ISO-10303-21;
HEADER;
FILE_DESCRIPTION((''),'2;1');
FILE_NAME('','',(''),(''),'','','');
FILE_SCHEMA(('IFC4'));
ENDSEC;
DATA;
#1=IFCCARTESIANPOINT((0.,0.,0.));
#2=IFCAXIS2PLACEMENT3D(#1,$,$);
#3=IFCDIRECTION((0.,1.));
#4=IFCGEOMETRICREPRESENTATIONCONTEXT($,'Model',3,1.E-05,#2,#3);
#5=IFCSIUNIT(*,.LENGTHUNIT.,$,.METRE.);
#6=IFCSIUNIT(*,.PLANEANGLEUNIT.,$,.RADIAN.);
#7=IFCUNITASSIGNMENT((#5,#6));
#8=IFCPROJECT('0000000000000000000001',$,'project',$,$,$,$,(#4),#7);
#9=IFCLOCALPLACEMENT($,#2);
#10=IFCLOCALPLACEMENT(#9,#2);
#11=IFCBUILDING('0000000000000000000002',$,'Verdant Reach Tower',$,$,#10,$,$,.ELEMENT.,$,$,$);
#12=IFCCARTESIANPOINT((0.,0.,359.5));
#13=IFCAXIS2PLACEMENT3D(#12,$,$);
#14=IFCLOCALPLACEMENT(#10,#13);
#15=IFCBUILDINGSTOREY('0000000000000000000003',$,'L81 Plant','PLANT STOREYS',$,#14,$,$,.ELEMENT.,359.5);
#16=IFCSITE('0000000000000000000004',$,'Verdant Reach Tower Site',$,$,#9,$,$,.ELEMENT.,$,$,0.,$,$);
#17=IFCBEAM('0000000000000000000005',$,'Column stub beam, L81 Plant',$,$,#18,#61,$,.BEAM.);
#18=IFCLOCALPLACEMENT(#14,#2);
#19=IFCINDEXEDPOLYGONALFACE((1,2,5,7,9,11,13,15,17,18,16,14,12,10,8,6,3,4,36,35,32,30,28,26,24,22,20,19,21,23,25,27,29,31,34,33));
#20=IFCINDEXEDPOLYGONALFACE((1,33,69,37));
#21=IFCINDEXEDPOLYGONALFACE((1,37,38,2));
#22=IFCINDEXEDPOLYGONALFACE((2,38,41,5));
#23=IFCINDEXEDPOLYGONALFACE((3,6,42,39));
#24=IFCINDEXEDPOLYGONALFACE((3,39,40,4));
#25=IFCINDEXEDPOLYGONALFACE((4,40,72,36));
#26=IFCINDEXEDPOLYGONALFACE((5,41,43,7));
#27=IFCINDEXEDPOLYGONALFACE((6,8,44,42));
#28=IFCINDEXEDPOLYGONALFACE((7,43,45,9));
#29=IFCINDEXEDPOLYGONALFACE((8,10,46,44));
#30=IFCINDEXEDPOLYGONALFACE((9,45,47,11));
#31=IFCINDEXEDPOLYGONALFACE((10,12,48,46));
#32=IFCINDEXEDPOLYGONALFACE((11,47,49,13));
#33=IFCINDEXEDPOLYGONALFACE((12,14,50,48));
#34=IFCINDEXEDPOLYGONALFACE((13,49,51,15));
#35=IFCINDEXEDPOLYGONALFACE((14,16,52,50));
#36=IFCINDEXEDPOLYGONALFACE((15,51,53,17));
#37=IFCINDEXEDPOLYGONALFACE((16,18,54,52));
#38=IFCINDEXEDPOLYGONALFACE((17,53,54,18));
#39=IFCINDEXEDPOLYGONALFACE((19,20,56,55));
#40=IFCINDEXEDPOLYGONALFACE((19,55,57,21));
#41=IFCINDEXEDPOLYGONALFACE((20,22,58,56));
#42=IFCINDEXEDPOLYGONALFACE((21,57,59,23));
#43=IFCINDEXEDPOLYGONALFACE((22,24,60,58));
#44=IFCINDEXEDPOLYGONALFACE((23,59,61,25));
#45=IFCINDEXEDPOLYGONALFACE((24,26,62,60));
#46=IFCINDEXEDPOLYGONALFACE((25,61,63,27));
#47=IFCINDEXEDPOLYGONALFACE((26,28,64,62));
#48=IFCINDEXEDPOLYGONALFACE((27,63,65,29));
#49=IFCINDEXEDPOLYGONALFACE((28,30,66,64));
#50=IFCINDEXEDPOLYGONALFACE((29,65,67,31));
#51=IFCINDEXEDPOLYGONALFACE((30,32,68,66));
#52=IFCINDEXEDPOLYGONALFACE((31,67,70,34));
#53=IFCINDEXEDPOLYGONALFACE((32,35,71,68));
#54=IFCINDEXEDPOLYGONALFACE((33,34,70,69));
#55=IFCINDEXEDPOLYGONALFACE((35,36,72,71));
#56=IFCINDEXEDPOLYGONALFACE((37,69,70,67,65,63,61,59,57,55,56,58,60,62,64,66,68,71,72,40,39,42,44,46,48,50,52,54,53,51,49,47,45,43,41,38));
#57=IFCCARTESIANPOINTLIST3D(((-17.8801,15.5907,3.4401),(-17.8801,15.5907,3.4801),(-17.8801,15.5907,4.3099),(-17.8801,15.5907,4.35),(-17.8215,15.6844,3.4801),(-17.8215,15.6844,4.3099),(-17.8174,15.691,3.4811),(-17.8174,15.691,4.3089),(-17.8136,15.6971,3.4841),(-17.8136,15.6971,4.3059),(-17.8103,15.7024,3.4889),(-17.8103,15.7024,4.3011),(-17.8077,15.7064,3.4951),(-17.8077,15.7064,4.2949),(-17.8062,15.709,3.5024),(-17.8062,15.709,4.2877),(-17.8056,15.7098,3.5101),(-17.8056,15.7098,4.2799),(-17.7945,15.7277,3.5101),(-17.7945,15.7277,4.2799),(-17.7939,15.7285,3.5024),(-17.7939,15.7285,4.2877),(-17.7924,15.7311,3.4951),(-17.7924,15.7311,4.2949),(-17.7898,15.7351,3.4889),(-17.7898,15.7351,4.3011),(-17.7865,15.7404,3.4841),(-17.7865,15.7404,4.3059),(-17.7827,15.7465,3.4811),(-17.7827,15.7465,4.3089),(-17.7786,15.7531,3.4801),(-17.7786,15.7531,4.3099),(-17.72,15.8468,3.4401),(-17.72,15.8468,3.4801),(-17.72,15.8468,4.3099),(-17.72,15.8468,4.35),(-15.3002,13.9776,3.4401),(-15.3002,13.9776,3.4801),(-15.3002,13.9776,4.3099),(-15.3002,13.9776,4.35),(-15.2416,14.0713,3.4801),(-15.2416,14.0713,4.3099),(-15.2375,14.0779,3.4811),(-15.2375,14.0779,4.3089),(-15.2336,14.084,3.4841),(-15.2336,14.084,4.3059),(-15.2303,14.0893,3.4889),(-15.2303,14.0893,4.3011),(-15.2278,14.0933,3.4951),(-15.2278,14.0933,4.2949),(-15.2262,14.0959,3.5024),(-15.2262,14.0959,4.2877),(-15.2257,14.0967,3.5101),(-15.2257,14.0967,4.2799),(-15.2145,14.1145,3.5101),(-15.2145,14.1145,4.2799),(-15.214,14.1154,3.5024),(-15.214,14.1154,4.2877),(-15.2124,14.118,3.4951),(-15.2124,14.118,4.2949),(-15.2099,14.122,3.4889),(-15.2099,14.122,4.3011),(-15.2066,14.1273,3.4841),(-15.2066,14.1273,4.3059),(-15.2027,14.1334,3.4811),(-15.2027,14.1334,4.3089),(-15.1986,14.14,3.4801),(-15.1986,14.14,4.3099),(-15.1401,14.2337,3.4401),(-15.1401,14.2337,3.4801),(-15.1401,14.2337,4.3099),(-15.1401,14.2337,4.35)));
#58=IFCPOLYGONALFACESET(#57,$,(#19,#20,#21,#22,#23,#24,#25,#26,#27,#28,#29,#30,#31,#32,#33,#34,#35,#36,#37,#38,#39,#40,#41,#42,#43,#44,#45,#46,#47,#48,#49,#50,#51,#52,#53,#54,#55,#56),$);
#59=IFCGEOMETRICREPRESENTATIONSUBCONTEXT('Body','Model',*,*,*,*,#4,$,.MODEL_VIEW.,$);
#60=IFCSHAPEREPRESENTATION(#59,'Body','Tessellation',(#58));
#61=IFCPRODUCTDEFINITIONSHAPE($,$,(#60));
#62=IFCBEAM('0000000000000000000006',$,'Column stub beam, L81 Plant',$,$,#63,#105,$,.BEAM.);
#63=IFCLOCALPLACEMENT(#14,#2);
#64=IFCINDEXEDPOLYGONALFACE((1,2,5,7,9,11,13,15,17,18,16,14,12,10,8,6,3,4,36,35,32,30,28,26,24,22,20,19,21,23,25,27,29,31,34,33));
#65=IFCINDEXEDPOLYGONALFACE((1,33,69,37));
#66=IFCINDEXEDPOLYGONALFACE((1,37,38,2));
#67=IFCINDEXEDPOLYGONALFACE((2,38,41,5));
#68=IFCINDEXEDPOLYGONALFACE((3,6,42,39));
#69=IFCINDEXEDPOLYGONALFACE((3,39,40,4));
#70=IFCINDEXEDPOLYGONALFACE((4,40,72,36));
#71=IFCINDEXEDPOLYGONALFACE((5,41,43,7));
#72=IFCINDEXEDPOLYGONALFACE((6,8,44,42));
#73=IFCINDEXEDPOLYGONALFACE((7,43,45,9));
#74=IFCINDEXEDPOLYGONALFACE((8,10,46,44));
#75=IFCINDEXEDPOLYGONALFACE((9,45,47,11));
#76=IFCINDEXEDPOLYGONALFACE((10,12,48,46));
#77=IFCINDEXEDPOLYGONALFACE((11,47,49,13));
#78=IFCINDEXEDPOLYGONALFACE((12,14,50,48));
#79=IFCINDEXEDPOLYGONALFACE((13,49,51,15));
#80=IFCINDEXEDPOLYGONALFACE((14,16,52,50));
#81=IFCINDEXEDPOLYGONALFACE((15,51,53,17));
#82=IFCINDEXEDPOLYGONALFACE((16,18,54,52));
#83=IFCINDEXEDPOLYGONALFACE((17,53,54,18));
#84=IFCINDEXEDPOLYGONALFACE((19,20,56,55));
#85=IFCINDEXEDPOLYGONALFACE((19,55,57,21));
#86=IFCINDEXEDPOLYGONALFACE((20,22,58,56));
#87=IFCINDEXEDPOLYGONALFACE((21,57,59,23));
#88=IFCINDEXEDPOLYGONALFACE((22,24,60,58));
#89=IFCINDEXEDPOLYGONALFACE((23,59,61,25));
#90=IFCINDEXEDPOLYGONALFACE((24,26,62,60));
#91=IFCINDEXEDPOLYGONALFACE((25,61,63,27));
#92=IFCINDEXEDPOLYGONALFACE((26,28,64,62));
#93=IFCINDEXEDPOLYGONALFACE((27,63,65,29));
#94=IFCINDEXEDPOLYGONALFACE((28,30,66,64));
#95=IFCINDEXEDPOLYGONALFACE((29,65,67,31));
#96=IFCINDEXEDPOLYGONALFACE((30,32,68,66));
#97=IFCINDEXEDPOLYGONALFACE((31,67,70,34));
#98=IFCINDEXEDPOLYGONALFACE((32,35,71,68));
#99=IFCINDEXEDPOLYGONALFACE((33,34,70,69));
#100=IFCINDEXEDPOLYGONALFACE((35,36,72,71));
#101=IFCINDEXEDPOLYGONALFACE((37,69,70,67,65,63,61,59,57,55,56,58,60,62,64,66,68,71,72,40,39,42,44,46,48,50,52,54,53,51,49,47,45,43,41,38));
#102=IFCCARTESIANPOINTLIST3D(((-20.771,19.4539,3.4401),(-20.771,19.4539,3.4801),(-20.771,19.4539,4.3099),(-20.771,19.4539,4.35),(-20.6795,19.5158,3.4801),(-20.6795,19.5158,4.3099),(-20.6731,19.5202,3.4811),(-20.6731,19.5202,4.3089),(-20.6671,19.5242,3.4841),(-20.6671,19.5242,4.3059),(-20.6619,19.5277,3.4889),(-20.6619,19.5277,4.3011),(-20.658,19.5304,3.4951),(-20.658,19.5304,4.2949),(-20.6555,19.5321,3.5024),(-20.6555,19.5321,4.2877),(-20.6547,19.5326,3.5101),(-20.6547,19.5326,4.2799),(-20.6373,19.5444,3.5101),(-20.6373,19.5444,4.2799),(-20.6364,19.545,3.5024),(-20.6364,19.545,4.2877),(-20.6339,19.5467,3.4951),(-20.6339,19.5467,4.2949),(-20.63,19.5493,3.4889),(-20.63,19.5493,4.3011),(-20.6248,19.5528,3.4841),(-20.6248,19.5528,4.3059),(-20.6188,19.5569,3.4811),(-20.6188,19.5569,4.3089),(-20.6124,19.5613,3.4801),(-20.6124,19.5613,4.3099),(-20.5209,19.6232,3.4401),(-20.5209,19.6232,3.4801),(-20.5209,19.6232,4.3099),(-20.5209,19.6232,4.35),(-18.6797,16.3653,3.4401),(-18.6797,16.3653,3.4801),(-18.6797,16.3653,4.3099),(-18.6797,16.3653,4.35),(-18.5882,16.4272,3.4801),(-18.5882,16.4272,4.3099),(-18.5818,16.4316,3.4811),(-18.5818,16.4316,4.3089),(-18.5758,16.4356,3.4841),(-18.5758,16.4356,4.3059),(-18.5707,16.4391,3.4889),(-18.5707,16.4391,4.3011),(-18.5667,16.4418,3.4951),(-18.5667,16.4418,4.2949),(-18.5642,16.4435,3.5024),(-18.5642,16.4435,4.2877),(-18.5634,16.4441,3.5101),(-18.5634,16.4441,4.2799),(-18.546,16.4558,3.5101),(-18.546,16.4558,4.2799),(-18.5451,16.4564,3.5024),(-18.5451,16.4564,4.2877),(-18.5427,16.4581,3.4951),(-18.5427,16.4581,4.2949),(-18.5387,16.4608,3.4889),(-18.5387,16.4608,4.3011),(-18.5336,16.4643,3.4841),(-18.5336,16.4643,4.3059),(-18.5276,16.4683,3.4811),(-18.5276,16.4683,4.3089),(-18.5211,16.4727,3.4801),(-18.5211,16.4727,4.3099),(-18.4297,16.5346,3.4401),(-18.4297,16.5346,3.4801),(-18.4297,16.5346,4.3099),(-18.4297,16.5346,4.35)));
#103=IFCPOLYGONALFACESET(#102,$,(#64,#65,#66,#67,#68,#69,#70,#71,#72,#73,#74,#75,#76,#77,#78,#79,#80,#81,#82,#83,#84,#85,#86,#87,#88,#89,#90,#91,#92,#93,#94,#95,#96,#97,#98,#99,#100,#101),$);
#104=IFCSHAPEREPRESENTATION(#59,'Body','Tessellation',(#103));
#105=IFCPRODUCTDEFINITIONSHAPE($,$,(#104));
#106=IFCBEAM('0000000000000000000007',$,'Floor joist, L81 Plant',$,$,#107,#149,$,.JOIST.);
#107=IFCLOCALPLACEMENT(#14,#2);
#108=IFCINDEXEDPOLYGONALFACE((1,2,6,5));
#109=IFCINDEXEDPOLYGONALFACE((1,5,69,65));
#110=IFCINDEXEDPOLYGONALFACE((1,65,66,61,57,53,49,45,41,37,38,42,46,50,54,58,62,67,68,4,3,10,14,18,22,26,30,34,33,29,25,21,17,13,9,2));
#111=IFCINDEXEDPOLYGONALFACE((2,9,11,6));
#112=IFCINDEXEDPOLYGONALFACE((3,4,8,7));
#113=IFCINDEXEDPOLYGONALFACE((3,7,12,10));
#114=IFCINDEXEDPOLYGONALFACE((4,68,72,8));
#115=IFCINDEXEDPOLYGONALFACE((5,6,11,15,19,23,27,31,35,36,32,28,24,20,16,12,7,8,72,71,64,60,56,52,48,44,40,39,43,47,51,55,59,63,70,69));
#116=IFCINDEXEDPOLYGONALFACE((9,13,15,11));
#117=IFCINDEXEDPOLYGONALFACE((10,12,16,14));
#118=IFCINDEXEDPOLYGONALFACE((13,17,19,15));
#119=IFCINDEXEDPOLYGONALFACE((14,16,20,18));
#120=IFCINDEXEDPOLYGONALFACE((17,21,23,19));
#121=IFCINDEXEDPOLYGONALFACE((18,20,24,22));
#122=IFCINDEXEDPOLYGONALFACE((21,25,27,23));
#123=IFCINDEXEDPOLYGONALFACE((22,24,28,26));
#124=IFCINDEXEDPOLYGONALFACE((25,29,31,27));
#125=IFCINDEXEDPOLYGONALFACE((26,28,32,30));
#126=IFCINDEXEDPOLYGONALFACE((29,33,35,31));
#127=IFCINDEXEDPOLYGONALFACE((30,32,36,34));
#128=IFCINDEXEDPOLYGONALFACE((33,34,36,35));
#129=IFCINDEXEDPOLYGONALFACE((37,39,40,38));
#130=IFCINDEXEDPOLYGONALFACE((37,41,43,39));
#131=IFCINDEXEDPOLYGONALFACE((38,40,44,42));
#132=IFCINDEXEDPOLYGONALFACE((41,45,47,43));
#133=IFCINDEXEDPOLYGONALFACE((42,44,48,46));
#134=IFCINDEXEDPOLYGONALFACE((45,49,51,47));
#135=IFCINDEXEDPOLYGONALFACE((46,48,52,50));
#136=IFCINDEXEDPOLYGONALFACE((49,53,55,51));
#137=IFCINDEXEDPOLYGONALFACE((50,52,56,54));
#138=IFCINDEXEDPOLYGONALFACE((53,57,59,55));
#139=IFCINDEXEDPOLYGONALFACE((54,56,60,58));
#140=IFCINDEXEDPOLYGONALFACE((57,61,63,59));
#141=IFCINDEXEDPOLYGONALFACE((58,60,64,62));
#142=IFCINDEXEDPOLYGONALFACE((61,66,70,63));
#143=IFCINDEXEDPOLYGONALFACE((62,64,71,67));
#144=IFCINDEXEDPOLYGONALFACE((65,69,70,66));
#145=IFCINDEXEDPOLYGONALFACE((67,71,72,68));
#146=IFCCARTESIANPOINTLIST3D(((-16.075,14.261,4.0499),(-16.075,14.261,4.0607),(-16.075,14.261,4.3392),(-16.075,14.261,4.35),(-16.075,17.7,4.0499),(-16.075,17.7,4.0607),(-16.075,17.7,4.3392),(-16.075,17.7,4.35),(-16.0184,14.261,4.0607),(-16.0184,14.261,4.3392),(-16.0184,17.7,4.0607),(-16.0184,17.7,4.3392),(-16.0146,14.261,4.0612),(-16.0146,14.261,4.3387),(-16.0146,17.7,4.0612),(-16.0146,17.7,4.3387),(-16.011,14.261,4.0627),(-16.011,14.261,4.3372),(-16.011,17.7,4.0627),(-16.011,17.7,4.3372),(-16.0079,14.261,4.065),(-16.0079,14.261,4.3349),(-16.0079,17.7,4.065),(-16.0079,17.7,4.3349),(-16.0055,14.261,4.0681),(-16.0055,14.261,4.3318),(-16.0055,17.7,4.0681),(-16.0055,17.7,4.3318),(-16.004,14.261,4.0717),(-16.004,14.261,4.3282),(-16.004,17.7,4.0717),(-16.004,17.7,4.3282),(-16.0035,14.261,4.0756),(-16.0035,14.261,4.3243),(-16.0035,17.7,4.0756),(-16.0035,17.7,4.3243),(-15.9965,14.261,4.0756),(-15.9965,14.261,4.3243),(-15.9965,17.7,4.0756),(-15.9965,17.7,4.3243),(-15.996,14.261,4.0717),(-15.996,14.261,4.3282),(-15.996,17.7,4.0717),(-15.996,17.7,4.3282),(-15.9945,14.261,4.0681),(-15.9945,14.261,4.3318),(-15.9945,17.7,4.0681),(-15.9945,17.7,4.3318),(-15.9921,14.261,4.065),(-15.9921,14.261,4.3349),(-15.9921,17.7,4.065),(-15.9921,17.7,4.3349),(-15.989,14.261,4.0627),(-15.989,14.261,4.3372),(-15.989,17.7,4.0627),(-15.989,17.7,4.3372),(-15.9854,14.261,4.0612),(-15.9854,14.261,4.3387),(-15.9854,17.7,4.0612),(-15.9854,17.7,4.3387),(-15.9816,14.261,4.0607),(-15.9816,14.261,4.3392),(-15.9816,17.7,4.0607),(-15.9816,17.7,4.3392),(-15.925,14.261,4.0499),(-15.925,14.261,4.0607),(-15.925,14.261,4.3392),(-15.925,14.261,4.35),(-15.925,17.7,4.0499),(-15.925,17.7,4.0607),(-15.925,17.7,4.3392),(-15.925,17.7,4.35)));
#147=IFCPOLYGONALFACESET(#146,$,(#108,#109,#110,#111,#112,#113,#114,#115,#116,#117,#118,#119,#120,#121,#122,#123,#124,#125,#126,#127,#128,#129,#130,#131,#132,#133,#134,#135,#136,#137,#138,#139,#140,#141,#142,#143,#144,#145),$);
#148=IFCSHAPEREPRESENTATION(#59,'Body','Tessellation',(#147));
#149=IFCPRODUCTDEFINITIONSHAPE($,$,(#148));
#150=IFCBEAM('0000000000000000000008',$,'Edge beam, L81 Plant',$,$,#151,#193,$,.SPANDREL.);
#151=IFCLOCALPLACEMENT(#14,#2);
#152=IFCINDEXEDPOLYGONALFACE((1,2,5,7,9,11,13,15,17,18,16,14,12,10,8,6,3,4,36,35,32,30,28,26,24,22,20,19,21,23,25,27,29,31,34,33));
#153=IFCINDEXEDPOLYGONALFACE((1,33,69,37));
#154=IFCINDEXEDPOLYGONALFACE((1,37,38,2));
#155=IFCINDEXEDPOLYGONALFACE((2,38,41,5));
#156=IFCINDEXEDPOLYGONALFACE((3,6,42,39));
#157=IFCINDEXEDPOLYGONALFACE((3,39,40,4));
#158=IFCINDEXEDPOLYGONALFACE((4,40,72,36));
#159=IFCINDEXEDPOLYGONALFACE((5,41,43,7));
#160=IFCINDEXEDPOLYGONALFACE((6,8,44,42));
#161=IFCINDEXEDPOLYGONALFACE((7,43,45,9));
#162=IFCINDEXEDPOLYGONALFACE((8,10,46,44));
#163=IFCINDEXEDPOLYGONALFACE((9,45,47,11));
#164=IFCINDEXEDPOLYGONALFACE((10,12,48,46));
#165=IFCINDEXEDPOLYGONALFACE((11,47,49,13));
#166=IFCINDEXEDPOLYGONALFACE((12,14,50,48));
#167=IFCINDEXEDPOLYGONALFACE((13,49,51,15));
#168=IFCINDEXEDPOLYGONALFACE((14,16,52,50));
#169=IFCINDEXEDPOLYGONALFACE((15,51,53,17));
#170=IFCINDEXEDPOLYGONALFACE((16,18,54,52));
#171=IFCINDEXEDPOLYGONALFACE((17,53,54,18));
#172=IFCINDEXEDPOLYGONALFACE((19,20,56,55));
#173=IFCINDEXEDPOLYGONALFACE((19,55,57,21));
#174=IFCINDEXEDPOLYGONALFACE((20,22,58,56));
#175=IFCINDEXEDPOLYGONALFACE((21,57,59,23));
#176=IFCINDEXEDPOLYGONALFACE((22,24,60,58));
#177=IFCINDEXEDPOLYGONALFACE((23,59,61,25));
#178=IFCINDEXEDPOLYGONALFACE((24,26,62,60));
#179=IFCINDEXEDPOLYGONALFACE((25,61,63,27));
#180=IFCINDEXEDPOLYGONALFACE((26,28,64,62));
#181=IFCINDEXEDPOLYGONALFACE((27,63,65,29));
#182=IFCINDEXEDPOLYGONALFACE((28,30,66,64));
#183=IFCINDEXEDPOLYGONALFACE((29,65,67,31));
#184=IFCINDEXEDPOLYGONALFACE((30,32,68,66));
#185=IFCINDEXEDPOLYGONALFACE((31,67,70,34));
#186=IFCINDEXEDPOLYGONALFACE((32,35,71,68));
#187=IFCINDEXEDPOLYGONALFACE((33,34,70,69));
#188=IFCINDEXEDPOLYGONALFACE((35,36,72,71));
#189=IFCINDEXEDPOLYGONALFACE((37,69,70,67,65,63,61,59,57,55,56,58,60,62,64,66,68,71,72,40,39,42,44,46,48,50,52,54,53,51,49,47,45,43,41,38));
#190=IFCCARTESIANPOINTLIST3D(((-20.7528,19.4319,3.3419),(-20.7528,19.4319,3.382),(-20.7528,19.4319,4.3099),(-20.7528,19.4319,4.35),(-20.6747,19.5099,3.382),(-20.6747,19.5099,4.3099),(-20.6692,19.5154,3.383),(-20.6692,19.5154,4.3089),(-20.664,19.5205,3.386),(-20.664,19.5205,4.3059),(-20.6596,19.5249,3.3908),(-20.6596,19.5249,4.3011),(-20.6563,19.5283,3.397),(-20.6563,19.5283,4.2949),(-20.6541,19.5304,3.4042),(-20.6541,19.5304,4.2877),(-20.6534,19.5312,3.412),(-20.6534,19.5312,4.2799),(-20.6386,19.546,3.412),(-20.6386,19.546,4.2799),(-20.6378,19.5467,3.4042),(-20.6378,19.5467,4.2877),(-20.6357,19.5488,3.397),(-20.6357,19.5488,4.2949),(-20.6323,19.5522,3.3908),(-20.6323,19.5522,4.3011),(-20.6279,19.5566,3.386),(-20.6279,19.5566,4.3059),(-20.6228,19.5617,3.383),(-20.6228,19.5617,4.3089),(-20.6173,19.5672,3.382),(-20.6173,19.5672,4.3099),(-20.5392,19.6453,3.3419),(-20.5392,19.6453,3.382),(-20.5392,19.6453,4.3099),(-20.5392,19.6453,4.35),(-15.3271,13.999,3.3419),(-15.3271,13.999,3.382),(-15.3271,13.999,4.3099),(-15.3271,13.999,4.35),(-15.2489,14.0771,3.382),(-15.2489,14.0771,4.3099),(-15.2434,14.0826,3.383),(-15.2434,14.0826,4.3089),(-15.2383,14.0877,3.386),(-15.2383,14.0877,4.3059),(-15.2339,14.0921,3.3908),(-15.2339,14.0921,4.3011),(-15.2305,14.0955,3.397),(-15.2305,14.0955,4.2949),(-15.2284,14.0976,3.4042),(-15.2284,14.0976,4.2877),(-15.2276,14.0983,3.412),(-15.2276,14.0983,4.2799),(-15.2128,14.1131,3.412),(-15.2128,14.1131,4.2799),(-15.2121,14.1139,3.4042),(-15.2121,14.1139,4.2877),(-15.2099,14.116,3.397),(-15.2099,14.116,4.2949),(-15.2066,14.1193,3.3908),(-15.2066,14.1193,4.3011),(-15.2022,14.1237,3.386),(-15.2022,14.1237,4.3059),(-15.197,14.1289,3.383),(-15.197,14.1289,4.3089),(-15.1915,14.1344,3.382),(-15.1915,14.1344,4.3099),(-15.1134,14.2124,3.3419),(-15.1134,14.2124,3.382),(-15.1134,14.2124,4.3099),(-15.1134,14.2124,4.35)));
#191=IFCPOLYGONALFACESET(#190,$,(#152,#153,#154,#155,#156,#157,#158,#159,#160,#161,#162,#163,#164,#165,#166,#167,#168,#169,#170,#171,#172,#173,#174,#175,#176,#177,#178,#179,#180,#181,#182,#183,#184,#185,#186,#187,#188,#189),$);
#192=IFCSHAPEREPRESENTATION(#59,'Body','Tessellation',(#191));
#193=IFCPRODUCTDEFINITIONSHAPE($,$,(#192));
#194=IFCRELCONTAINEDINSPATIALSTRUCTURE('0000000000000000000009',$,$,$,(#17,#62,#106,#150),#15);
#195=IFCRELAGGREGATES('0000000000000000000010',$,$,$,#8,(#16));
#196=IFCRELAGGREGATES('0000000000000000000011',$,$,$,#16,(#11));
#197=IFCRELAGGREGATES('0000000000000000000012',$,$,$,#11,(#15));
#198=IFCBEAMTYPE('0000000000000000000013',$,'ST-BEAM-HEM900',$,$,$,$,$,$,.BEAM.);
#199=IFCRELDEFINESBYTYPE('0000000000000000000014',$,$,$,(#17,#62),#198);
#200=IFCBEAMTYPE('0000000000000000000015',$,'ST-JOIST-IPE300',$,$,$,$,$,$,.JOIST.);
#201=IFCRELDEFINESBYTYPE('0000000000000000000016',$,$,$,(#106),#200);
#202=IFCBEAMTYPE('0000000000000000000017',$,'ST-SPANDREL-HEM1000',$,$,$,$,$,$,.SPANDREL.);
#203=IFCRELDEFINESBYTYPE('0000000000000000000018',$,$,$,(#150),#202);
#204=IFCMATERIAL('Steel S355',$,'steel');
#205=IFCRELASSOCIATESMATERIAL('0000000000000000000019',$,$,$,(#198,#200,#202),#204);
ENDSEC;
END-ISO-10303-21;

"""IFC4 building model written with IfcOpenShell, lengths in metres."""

from ifc_helpers import new_model, si_unit, direction, frame, origin, origin_2d, place, context, subcontext, project, spatial, i_section, extrude, material, material_profile, profile_set, type_object, element, save


model = new_model("IFC4")

# Units and contexts
model_context = context("Model", 3, precision=1e-05, world=origin(), true_north=direction((0.0, 1.0)))
body_context = subcontext(model_context, "Body", "Model", "MODEL_VIEW")
ifc_project = project(units=[si_unit("LENGTHUNIT", "METRE"), si_unit("PLANEANGLEUNIT", "RADIAN")], contexts=[model_context])

# Site, building, storey
site_placement = place(None, origin())
site = spatial("IfcSite", under=ifc_project, at=site_placement, Name="Verdant Reach Tower Site", CompositionType="ELEMENT", RefElevation=0.0)
building_placement = place(site_placement, origin())
building = spatial("IfcBuilding", under=site, at=building_placement, Name="Verdant Reach Tower", CompositionType="ELEMENT")
storey_placement = place(building_placement, frame((0.0, 0.0, 359.5)))
storey = spatial("IfcBuildingStorey", under=building, at=storey_placement, Name="L81 Plant", Description="PLANT STOREYS", CompositionType="ELEMENT", Elevation=359.5)

# Beams
ifc_material_1 = material(Name="Steel S355", Category="steel")
ifc_material_profile_1 = material_profile(ifc_material_1, i_section(OverallWidth=0.302, OverallDepth=0.9099, WebThickness=0.021, FlangeThickness=0.04, FilletRadius=0.03, at=origin_2d()), Name="HEM 900")
ifc_profile_set_1 = profile_set([ifc_material_profile_1], Name="Steel S355")
beam_type_1 = type_object("IfcBeamType", Name="ST-BEAM-HEM900", PredefinedType="BEAM", material=ifc_profile_set_1)
beam_1_placement = place(storey_placement, frame((-17.8, 15.7188, 3.895), z_axis=(0.847904, -0.53015, 0.0), x_axis=(0.53015, 0.847904, 0.0)))
element("IfcBeam", 1, at=beam_1_placement, inside=storey, type_object=beam_type_1, Name="Column stub beam, L81 Plant", PredefinedType="BEAM", context=body_context, shape_type="SweptSolid", body=[
    extrude(i_section(OverallWidth=0.302, OverallDepth=0.9099, WebThickness=0.021, FlangeThickness=0.04, FilletRadius=0.03, at=origin_2d()), origin(), (0.0, 0.0, 1.0), 3.0427),
])
beam_2_placement = place(storey_placement, frame((-18.5547, 16.45, 3.895), z_axis=(-0.560667, 0.828041, 0.0), x_axis=(-0.828041, -0.560667, 0.0)))
element("IfcBeam", 2, at=beam_2_placement, inside=storey, type_object=beam_type_1, Name="Column stub beam, L81 Plant", PredefinedType="BEAM", context=body_context, shape_type="SweptSolid", body=[
    extrude(i_section(OverallWidth=0.302, OverallDepth=0.9099, WebThickness=0.021, FlangeThickness=0.04, FilletRadius=0.03, at=origin_2d()), origin(), (0.0, 0.0, 1.0), 3.73),
])
ifc_material_profile_2 = material_profile(ifc_material_1, i_section(OverallWidth=0.1499, OverallDepth=0.3, WebThickness=0.0071, FlangeThickness=0.0107, FilletRadius=0.0149, at=origin_2d()), Name="IPE 300")
ifc_profile_set_2 = profile_set([ifc_material_profile_2], Name="Steel S355")
beam_type_2 = type_object("IfcBeamType", Name="ST-JOIST-IPE300", PredefinedType="JOIST", material=ifc_profile_set_2)
beam_3_placement = place(storey_placement, frame((-16.0, 17.7, 4.2), z_axis=(0.0, -1.0, 0.0), x_axis=(1.0, 0.0, 0.0)))
element("IfcBeam", 3, at=beam_3_placement, inside=storey, type_object=beam_type_2, Name="Floor joist, L81 Plant", PredefinedType="JOIST", context=body_context, shape_type="SweptSolid", body=[
    extrude(i_section(OverallWidth=0.1499, OverallDepth=0.3, WebThickness=0.0071, FlangeThickness=0.0107, FilletRadius=0.0149, at=origin_2d()), origin(), (0.0, 0.0, 1.0), 3.439),
])
ifc_material_profile_3 = material_profile(ifc_material_1, i_section(OverallWidth=0.302, OverallDepth=1.0081, WebThickness=0.021, FlangeThickness=0.04, FilletRadius=0.03, at=origin_2d()), Name="HEM 1000")
ifc_profile_set_3 = profile_set([ifc_material_profile_3], Name="Steel S355")
beam_type_3 = type_object("IfcBeamType", Name="ST-SPANDREL-HEM1000", PredefinedType="SPANDREL", material=ifc_profile_set_3)
beam_4_placement = place(storey_placement, frame((-15.2202, 14.1057, 3.8459), z_axis=(-0.706646, 0.707568, 0.0), x_axis=(-0.707568, -0.706646, 0.0)))
element("IfcBeam", 4, at=beam_4_placement, inside=storey, type_object=beam_type_3, Name="Edge beam, L81 Plant", PredefinedType="SPANDREL", context=body_context, shape_type="SweptSolid", body=[
    extrude(i_section(OverallWidth=0.302, OverallDepth=1.0081, WebThickness=0.021, FlangeThickness=0.04, FilletRadius=0.03, at=origin_2d()), origin(), (0.0, 0.0, 1.0), 7.6782),
])

save(model, "model.ifc")
